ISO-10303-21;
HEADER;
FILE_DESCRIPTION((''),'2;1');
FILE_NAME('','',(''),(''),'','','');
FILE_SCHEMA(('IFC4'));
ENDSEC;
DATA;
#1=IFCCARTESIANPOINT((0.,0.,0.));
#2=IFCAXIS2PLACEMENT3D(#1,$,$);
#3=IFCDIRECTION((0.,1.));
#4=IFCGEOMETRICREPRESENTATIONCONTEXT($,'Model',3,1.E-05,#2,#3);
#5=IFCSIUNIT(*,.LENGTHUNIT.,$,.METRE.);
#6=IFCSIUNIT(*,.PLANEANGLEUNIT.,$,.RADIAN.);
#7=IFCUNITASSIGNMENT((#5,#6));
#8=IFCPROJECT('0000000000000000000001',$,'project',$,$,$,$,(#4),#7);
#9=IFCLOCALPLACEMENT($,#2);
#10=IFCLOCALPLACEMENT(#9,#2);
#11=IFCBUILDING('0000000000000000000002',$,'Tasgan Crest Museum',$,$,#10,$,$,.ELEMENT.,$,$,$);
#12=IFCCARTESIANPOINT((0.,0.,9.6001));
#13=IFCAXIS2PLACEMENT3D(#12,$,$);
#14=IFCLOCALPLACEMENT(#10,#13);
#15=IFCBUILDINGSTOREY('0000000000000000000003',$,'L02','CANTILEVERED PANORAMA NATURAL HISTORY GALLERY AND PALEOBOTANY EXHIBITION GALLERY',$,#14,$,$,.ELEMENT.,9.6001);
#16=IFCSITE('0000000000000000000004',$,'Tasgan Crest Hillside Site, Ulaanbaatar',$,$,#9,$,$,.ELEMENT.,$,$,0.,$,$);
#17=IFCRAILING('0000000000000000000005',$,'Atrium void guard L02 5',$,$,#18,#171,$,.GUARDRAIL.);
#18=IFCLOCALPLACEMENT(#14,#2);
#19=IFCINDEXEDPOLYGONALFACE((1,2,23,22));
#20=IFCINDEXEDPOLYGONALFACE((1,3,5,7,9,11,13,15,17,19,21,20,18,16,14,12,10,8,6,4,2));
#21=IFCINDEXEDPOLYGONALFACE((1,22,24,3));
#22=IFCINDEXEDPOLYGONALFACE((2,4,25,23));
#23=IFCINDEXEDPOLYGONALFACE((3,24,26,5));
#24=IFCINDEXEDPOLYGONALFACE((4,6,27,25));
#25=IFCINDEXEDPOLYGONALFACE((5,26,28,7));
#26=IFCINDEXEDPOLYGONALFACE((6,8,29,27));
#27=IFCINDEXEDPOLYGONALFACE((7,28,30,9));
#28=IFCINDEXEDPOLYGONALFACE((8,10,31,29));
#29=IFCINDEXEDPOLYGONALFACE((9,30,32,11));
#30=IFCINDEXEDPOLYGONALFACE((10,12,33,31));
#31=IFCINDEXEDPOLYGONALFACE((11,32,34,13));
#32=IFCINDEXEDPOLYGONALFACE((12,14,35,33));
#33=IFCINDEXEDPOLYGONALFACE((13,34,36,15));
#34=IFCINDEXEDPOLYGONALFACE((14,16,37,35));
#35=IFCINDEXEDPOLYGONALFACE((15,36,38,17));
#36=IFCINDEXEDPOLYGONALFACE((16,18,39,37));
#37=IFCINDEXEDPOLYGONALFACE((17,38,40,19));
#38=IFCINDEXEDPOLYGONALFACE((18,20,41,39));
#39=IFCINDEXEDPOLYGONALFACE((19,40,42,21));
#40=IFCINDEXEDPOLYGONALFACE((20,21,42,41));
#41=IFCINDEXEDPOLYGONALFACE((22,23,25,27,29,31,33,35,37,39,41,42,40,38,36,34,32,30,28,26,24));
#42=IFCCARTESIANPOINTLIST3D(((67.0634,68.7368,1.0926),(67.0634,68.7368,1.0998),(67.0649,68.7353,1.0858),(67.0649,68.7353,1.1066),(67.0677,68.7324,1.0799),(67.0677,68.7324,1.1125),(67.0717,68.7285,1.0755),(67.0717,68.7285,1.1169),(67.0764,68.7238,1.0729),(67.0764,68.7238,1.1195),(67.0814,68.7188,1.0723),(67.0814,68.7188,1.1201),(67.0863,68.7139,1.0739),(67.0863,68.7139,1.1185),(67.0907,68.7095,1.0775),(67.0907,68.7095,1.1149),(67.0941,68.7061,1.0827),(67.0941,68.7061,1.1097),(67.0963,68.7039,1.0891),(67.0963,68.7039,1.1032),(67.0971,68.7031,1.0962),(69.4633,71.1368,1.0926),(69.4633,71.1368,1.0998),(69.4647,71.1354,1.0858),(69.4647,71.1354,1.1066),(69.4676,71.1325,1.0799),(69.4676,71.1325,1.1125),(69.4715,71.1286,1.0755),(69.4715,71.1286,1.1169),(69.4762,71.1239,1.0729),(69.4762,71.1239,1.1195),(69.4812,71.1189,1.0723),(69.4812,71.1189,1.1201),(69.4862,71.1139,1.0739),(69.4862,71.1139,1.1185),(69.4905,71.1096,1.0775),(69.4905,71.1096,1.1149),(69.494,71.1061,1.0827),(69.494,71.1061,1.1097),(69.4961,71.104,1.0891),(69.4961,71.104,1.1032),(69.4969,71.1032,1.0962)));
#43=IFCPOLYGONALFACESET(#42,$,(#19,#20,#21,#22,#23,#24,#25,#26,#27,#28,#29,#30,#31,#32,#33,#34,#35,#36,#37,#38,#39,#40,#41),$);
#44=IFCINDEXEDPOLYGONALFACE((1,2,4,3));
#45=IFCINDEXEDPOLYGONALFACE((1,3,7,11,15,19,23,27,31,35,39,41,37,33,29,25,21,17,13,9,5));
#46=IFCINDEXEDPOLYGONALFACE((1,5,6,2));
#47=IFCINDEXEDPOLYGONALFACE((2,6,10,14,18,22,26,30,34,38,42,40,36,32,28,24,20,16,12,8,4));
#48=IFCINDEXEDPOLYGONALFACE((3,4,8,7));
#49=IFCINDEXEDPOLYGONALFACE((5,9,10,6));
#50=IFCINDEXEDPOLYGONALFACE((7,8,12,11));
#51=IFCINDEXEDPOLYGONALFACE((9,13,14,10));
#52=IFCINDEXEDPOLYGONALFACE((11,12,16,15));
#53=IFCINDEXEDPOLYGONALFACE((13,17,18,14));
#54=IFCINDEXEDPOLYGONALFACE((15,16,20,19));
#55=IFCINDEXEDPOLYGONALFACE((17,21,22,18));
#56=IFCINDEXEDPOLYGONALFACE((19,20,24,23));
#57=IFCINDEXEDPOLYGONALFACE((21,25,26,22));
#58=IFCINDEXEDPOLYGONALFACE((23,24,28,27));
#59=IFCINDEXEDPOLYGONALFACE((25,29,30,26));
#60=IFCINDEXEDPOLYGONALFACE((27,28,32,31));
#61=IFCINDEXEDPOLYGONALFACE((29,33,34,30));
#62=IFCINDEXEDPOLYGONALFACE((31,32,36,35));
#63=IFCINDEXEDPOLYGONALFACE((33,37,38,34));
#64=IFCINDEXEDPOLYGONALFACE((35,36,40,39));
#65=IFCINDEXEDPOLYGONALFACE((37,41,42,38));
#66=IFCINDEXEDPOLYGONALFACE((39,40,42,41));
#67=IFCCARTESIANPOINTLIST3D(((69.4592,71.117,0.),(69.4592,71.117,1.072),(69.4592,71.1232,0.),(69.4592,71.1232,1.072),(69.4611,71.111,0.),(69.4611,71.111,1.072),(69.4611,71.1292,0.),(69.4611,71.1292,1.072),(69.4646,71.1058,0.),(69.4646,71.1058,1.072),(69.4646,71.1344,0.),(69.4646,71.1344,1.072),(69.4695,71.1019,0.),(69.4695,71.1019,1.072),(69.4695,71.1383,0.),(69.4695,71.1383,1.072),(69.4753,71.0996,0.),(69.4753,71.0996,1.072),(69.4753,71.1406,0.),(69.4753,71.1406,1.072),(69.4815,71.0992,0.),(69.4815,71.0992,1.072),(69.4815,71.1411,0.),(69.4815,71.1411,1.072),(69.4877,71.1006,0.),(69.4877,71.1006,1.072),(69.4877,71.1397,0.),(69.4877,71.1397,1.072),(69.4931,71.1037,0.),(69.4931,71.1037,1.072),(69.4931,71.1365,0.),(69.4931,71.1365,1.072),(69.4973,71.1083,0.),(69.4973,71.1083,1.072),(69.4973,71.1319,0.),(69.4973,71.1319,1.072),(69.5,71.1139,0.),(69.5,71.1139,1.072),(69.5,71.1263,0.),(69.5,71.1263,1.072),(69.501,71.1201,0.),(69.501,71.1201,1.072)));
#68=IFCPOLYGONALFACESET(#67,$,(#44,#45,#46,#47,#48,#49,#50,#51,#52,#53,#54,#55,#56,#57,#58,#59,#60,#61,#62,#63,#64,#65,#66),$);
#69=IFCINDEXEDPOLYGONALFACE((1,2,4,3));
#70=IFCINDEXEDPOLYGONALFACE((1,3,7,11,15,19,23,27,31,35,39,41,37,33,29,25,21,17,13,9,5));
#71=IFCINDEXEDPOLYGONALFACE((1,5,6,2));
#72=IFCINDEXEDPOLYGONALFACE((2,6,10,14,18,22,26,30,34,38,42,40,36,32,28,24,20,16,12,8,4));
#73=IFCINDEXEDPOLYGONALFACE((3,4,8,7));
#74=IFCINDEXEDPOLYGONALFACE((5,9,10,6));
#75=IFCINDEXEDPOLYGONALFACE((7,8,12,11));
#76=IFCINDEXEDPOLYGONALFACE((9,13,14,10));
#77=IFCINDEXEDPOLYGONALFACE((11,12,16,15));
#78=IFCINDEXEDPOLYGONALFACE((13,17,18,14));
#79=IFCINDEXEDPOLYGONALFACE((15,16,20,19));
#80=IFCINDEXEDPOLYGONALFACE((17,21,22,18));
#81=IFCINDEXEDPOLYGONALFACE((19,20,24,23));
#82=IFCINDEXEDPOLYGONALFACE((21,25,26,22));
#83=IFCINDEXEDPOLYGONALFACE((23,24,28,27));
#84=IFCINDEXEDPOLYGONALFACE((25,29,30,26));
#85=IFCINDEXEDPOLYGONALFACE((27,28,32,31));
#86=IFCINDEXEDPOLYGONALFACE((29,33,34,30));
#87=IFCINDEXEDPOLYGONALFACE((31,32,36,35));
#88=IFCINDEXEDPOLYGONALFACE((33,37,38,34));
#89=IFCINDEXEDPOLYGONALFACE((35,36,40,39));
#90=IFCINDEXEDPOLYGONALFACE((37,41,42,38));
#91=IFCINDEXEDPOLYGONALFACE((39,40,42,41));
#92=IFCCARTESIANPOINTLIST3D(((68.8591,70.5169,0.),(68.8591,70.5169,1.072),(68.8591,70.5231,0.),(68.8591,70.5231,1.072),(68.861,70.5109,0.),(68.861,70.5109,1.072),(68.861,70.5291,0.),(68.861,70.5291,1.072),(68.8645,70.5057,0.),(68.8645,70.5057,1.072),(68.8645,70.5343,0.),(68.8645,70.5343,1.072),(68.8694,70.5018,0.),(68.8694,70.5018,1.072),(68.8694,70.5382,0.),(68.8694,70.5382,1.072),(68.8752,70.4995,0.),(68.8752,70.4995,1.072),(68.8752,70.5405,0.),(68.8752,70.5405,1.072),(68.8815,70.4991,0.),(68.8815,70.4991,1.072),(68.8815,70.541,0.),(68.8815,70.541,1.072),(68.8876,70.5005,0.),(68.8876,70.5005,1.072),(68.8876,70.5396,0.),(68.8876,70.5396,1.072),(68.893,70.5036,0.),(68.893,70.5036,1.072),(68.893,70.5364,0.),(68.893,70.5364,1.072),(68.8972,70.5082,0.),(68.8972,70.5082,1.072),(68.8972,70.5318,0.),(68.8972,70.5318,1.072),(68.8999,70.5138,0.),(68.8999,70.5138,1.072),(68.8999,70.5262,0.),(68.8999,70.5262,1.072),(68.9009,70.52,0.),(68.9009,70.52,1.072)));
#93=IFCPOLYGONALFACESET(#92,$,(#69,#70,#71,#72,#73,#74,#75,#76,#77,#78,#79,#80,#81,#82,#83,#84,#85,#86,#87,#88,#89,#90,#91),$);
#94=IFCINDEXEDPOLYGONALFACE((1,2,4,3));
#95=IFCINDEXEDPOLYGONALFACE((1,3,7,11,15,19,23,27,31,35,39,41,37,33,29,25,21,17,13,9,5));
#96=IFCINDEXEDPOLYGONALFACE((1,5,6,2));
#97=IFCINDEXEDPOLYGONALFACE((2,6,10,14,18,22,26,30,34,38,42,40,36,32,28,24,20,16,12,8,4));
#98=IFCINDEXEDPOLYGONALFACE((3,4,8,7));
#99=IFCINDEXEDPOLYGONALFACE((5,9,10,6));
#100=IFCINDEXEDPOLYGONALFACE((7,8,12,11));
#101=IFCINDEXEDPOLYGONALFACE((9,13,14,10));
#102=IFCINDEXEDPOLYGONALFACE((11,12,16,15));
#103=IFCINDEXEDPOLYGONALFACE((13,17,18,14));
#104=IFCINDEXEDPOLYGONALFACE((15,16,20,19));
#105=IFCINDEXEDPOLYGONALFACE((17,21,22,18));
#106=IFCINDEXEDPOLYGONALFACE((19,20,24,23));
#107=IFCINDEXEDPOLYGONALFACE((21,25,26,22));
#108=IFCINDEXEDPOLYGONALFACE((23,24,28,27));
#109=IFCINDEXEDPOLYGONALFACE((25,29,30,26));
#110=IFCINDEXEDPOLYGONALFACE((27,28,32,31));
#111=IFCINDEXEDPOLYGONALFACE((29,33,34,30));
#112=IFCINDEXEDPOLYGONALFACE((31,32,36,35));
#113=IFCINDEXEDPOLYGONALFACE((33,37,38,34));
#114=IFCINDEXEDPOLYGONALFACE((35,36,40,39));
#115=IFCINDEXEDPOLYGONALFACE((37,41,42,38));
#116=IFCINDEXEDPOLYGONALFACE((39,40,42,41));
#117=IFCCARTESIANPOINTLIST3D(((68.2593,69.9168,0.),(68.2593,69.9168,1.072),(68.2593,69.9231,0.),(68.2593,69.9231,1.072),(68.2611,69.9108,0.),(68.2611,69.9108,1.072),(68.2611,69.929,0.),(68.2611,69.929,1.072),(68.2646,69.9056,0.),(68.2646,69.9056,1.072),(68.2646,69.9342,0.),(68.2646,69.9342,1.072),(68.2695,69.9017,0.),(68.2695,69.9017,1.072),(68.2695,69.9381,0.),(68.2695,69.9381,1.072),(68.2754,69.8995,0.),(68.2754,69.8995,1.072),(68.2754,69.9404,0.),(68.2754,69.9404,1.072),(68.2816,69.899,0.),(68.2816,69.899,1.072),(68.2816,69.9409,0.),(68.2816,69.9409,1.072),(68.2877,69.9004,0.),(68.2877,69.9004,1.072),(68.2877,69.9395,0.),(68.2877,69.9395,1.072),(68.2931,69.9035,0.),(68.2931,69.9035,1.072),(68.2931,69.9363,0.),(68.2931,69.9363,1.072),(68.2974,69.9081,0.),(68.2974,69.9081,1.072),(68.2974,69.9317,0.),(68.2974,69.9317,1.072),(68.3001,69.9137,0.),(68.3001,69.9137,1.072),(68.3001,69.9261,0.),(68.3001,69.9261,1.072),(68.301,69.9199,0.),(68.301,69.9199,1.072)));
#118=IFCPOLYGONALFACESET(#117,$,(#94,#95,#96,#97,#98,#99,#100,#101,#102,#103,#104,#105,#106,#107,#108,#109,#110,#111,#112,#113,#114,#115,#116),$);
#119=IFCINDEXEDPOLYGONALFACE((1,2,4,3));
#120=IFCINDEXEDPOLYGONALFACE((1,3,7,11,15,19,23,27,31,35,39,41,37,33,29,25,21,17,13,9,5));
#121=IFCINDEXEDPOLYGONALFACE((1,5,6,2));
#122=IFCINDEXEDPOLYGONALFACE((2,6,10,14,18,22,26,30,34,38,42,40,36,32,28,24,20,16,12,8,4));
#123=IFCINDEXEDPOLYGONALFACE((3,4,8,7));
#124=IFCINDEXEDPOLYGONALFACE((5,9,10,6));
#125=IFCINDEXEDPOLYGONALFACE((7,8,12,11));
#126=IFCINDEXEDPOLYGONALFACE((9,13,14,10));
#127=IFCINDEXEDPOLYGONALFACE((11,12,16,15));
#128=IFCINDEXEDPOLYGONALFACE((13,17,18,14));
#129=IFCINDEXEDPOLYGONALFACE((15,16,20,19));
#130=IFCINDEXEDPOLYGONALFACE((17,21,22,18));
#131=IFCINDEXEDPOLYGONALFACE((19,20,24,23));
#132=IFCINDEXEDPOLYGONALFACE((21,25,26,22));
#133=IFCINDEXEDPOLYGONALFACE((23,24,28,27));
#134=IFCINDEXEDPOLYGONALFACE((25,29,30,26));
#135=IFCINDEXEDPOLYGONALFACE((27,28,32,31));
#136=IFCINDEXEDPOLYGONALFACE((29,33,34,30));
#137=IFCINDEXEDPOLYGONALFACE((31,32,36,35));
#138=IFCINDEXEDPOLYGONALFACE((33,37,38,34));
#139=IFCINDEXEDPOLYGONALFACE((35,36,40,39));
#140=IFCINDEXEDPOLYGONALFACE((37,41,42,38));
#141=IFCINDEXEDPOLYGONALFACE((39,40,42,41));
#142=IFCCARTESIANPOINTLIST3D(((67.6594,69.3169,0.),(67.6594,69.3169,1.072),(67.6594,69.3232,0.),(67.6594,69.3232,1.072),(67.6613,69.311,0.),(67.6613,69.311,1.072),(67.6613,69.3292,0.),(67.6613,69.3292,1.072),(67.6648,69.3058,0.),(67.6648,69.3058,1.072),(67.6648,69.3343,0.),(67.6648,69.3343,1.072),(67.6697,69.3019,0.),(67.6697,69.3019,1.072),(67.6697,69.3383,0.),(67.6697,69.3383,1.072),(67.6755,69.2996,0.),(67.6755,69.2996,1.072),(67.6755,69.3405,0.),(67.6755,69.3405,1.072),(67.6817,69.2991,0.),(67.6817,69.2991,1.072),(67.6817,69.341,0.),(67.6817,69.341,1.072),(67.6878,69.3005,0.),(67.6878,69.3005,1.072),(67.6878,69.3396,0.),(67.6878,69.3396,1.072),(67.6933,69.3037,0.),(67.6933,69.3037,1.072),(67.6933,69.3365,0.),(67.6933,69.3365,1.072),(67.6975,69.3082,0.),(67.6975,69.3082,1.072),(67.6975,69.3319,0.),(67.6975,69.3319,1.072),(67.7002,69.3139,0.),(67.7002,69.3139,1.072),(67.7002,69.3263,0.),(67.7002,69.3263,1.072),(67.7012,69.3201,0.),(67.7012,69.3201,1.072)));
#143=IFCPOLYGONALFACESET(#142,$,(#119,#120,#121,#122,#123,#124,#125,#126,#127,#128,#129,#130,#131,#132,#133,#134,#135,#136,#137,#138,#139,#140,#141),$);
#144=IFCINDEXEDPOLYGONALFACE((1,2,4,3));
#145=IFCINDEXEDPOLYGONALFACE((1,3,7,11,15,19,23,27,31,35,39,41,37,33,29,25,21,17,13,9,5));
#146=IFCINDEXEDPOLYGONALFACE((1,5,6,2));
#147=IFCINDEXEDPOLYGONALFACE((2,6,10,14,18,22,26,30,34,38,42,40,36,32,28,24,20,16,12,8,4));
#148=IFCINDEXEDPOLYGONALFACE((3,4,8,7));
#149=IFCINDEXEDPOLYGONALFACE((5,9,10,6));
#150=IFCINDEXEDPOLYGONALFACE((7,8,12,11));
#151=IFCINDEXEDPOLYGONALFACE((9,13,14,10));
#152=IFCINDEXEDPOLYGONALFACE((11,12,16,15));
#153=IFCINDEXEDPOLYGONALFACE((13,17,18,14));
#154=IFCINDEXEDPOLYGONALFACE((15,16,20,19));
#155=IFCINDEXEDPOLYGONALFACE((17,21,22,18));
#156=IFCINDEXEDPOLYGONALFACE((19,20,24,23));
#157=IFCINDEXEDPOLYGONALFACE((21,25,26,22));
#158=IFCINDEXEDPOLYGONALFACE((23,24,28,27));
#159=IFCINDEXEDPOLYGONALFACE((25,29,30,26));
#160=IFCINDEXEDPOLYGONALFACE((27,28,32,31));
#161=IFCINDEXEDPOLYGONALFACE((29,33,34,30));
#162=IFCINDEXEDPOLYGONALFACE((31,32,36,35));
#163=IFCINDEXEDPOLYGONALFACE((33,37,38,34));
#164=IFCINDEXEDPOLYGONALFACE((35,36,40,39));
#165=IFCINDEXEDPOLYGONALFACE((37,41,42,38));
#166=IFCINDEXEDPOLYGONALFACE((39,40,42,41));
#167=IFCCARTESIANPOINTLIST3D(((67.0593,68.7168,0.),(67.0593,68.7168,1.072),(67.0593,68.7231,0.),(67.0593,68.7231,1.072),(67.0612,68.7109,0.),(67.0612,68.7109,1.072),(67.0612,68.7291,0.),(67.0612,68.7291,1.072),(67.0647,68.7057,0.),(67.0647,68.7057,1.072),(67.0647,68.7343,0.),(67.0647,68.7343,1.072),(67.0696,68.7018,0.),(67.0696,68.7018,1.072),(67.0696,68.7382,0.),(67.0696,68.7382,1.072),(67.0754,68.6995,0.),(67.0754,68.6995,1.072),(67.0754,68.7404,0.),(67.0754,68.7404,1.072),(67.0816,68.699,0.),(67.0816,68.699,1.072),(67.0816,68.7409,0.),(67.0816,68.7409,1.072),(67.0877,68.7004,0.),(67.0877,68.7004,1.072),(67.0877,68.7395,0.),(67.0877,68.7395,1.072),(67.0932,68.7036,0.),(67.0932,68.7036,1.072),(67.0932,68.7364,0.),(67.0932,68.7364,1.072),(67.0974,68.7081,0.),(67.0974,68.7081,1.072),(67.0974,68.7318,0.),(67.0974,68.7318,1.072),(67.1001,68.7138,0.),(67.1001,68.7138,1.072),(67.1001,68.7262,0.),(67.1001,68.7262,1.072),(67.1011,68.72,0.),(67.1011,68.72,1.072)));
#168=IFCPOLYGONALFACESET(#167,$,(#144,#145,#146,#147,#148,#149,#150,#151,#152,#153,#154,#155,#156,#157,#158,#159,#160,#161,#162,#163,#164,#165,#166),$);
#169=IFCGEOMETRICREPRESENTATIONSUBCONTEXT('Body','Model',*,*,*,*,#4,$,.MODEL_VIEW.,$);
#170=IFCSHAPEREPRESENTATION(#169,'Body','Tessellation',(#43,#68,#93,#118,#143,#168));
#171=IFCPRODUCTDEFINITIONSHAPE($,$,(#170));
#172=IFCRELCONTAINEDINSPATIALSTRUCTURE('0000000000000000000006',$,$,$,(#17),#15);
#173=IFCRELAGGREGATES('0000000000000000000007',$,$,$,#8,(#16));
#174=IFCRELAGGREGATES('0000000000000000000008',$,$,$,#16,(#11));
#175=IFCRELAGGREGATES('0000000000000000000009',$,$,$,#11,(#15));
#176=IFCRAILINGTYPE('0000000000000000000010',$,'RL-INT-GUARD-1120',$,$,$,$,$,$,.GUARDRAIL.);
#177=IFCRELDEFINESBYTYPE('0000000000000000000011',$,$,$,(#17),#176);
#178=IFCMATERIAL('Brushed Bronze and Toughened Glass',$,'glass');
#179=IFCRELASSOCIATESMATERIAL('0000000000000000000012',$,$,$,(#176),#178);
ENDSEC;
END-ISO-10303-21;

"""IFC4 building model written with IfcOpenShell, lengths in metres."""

from ifc_helpers import new_model, si_unit, direction, frame, origin, origin_2d, place, context, subcontext, project, spatial, circle, extrude, material, type_object, element, save


model = new_model("IFC4")

# Units and contexts
model_context = context("Model", 3, precision=1e-05, world=origin(), true_north=direction((0.0, 1.0)))
body_context = subcontext(model_context, "Body", "Model", "MODEL_VIEW")
ifc_project = project(units=[si_unit("LENGTHUNIT", "METRE"), si_unit("PLANEANGLEUNIT", "RADIAN")], contexts=[model_context])

# Site, building, storey
site_placement = place(None, origin())
site = spatial("IfcSite", under=ifc_project, at=site_placement, Name="Tasgan Crest Hillside Site, Ulaanbaatar", CompositionType="ELEMENT", RefElevation=0.0)
building_placement = place(site_placement, origin())
building = spatial("IfcBuilding", under=site, at=building_placement, Name="Tasgan Crest Museum", CompositionType="ELEMENT")
storey_placement = place(building_placement, frame((0.0, 0.0, 9.6001)))
storey = spatial("IfcBuildingStorey", under=building, at=storey_placement, Name="L02", Description="CANTILEVERED PANORAMA NATURAL HISTORY GALLERY AND PALEOBOTANY EXHIBITION GALLERY", CompositionType="ELEMENT", Elevation=9.6001)

# Railing
ifc_material_1 = material(Name="Brushed Bronze and Toughened Glass", Category="glass")
railing_type = type_object("IfcRailingType", Name="RL-INT-GUARD-1120", PredefinedType="GUARDRAIL", material=ifc_material_1)
railing_1_placement = place(storey_placement, frame((69.48, 71.1201, 0.0)))
element("IfcRailing", 1, at=railing_1_placement, inside=storey, type_object=railing_type, Name="Atrium void guard L02 5", PredefinedType="GUARDRAIL", context=body_context, shape_type="SweptSolid", body=[
    extrude(circle(Radius=0.0239, at=origin_2d()), frame((0.0, 0.0, 1.0962), z_axis=(-0.707071, -0.707143, 0.0), x_axis=(0.707143, -0.707071, 0.0)), (0.0, 0.0, 1.0), 3.394),
    extrude(circle(Radius=0.021, at=origin_2d()), origin(), (0.0, 0.0, 1.0), 1.072),
    extrude(circle(Radius=0.021, at=origin_2d()), frame((-0.6001, -0.6001, 0.0)), (0.0, 0.0, 1.0), 1.072),
    extrude(circle(Radius=0.021, at=origin_2d()), frame((-1.2, -1.2002, 0.0)), (0.0, 0.0, 1.0), 1.072),
    extrude(circle(Radius=0.021, at=origin_2d()), frame((-1.7998, -1.8, 0.0)), (0.0, 0.0, 1.0), 1.072),
    extrude(circle(Radius=0.021, at=origin_2d()), frame((-2.3999, -2.4001, 0.0)), (0.0, 0.0, 1.0), 1.072),
])

save(model, "model.ifc")
